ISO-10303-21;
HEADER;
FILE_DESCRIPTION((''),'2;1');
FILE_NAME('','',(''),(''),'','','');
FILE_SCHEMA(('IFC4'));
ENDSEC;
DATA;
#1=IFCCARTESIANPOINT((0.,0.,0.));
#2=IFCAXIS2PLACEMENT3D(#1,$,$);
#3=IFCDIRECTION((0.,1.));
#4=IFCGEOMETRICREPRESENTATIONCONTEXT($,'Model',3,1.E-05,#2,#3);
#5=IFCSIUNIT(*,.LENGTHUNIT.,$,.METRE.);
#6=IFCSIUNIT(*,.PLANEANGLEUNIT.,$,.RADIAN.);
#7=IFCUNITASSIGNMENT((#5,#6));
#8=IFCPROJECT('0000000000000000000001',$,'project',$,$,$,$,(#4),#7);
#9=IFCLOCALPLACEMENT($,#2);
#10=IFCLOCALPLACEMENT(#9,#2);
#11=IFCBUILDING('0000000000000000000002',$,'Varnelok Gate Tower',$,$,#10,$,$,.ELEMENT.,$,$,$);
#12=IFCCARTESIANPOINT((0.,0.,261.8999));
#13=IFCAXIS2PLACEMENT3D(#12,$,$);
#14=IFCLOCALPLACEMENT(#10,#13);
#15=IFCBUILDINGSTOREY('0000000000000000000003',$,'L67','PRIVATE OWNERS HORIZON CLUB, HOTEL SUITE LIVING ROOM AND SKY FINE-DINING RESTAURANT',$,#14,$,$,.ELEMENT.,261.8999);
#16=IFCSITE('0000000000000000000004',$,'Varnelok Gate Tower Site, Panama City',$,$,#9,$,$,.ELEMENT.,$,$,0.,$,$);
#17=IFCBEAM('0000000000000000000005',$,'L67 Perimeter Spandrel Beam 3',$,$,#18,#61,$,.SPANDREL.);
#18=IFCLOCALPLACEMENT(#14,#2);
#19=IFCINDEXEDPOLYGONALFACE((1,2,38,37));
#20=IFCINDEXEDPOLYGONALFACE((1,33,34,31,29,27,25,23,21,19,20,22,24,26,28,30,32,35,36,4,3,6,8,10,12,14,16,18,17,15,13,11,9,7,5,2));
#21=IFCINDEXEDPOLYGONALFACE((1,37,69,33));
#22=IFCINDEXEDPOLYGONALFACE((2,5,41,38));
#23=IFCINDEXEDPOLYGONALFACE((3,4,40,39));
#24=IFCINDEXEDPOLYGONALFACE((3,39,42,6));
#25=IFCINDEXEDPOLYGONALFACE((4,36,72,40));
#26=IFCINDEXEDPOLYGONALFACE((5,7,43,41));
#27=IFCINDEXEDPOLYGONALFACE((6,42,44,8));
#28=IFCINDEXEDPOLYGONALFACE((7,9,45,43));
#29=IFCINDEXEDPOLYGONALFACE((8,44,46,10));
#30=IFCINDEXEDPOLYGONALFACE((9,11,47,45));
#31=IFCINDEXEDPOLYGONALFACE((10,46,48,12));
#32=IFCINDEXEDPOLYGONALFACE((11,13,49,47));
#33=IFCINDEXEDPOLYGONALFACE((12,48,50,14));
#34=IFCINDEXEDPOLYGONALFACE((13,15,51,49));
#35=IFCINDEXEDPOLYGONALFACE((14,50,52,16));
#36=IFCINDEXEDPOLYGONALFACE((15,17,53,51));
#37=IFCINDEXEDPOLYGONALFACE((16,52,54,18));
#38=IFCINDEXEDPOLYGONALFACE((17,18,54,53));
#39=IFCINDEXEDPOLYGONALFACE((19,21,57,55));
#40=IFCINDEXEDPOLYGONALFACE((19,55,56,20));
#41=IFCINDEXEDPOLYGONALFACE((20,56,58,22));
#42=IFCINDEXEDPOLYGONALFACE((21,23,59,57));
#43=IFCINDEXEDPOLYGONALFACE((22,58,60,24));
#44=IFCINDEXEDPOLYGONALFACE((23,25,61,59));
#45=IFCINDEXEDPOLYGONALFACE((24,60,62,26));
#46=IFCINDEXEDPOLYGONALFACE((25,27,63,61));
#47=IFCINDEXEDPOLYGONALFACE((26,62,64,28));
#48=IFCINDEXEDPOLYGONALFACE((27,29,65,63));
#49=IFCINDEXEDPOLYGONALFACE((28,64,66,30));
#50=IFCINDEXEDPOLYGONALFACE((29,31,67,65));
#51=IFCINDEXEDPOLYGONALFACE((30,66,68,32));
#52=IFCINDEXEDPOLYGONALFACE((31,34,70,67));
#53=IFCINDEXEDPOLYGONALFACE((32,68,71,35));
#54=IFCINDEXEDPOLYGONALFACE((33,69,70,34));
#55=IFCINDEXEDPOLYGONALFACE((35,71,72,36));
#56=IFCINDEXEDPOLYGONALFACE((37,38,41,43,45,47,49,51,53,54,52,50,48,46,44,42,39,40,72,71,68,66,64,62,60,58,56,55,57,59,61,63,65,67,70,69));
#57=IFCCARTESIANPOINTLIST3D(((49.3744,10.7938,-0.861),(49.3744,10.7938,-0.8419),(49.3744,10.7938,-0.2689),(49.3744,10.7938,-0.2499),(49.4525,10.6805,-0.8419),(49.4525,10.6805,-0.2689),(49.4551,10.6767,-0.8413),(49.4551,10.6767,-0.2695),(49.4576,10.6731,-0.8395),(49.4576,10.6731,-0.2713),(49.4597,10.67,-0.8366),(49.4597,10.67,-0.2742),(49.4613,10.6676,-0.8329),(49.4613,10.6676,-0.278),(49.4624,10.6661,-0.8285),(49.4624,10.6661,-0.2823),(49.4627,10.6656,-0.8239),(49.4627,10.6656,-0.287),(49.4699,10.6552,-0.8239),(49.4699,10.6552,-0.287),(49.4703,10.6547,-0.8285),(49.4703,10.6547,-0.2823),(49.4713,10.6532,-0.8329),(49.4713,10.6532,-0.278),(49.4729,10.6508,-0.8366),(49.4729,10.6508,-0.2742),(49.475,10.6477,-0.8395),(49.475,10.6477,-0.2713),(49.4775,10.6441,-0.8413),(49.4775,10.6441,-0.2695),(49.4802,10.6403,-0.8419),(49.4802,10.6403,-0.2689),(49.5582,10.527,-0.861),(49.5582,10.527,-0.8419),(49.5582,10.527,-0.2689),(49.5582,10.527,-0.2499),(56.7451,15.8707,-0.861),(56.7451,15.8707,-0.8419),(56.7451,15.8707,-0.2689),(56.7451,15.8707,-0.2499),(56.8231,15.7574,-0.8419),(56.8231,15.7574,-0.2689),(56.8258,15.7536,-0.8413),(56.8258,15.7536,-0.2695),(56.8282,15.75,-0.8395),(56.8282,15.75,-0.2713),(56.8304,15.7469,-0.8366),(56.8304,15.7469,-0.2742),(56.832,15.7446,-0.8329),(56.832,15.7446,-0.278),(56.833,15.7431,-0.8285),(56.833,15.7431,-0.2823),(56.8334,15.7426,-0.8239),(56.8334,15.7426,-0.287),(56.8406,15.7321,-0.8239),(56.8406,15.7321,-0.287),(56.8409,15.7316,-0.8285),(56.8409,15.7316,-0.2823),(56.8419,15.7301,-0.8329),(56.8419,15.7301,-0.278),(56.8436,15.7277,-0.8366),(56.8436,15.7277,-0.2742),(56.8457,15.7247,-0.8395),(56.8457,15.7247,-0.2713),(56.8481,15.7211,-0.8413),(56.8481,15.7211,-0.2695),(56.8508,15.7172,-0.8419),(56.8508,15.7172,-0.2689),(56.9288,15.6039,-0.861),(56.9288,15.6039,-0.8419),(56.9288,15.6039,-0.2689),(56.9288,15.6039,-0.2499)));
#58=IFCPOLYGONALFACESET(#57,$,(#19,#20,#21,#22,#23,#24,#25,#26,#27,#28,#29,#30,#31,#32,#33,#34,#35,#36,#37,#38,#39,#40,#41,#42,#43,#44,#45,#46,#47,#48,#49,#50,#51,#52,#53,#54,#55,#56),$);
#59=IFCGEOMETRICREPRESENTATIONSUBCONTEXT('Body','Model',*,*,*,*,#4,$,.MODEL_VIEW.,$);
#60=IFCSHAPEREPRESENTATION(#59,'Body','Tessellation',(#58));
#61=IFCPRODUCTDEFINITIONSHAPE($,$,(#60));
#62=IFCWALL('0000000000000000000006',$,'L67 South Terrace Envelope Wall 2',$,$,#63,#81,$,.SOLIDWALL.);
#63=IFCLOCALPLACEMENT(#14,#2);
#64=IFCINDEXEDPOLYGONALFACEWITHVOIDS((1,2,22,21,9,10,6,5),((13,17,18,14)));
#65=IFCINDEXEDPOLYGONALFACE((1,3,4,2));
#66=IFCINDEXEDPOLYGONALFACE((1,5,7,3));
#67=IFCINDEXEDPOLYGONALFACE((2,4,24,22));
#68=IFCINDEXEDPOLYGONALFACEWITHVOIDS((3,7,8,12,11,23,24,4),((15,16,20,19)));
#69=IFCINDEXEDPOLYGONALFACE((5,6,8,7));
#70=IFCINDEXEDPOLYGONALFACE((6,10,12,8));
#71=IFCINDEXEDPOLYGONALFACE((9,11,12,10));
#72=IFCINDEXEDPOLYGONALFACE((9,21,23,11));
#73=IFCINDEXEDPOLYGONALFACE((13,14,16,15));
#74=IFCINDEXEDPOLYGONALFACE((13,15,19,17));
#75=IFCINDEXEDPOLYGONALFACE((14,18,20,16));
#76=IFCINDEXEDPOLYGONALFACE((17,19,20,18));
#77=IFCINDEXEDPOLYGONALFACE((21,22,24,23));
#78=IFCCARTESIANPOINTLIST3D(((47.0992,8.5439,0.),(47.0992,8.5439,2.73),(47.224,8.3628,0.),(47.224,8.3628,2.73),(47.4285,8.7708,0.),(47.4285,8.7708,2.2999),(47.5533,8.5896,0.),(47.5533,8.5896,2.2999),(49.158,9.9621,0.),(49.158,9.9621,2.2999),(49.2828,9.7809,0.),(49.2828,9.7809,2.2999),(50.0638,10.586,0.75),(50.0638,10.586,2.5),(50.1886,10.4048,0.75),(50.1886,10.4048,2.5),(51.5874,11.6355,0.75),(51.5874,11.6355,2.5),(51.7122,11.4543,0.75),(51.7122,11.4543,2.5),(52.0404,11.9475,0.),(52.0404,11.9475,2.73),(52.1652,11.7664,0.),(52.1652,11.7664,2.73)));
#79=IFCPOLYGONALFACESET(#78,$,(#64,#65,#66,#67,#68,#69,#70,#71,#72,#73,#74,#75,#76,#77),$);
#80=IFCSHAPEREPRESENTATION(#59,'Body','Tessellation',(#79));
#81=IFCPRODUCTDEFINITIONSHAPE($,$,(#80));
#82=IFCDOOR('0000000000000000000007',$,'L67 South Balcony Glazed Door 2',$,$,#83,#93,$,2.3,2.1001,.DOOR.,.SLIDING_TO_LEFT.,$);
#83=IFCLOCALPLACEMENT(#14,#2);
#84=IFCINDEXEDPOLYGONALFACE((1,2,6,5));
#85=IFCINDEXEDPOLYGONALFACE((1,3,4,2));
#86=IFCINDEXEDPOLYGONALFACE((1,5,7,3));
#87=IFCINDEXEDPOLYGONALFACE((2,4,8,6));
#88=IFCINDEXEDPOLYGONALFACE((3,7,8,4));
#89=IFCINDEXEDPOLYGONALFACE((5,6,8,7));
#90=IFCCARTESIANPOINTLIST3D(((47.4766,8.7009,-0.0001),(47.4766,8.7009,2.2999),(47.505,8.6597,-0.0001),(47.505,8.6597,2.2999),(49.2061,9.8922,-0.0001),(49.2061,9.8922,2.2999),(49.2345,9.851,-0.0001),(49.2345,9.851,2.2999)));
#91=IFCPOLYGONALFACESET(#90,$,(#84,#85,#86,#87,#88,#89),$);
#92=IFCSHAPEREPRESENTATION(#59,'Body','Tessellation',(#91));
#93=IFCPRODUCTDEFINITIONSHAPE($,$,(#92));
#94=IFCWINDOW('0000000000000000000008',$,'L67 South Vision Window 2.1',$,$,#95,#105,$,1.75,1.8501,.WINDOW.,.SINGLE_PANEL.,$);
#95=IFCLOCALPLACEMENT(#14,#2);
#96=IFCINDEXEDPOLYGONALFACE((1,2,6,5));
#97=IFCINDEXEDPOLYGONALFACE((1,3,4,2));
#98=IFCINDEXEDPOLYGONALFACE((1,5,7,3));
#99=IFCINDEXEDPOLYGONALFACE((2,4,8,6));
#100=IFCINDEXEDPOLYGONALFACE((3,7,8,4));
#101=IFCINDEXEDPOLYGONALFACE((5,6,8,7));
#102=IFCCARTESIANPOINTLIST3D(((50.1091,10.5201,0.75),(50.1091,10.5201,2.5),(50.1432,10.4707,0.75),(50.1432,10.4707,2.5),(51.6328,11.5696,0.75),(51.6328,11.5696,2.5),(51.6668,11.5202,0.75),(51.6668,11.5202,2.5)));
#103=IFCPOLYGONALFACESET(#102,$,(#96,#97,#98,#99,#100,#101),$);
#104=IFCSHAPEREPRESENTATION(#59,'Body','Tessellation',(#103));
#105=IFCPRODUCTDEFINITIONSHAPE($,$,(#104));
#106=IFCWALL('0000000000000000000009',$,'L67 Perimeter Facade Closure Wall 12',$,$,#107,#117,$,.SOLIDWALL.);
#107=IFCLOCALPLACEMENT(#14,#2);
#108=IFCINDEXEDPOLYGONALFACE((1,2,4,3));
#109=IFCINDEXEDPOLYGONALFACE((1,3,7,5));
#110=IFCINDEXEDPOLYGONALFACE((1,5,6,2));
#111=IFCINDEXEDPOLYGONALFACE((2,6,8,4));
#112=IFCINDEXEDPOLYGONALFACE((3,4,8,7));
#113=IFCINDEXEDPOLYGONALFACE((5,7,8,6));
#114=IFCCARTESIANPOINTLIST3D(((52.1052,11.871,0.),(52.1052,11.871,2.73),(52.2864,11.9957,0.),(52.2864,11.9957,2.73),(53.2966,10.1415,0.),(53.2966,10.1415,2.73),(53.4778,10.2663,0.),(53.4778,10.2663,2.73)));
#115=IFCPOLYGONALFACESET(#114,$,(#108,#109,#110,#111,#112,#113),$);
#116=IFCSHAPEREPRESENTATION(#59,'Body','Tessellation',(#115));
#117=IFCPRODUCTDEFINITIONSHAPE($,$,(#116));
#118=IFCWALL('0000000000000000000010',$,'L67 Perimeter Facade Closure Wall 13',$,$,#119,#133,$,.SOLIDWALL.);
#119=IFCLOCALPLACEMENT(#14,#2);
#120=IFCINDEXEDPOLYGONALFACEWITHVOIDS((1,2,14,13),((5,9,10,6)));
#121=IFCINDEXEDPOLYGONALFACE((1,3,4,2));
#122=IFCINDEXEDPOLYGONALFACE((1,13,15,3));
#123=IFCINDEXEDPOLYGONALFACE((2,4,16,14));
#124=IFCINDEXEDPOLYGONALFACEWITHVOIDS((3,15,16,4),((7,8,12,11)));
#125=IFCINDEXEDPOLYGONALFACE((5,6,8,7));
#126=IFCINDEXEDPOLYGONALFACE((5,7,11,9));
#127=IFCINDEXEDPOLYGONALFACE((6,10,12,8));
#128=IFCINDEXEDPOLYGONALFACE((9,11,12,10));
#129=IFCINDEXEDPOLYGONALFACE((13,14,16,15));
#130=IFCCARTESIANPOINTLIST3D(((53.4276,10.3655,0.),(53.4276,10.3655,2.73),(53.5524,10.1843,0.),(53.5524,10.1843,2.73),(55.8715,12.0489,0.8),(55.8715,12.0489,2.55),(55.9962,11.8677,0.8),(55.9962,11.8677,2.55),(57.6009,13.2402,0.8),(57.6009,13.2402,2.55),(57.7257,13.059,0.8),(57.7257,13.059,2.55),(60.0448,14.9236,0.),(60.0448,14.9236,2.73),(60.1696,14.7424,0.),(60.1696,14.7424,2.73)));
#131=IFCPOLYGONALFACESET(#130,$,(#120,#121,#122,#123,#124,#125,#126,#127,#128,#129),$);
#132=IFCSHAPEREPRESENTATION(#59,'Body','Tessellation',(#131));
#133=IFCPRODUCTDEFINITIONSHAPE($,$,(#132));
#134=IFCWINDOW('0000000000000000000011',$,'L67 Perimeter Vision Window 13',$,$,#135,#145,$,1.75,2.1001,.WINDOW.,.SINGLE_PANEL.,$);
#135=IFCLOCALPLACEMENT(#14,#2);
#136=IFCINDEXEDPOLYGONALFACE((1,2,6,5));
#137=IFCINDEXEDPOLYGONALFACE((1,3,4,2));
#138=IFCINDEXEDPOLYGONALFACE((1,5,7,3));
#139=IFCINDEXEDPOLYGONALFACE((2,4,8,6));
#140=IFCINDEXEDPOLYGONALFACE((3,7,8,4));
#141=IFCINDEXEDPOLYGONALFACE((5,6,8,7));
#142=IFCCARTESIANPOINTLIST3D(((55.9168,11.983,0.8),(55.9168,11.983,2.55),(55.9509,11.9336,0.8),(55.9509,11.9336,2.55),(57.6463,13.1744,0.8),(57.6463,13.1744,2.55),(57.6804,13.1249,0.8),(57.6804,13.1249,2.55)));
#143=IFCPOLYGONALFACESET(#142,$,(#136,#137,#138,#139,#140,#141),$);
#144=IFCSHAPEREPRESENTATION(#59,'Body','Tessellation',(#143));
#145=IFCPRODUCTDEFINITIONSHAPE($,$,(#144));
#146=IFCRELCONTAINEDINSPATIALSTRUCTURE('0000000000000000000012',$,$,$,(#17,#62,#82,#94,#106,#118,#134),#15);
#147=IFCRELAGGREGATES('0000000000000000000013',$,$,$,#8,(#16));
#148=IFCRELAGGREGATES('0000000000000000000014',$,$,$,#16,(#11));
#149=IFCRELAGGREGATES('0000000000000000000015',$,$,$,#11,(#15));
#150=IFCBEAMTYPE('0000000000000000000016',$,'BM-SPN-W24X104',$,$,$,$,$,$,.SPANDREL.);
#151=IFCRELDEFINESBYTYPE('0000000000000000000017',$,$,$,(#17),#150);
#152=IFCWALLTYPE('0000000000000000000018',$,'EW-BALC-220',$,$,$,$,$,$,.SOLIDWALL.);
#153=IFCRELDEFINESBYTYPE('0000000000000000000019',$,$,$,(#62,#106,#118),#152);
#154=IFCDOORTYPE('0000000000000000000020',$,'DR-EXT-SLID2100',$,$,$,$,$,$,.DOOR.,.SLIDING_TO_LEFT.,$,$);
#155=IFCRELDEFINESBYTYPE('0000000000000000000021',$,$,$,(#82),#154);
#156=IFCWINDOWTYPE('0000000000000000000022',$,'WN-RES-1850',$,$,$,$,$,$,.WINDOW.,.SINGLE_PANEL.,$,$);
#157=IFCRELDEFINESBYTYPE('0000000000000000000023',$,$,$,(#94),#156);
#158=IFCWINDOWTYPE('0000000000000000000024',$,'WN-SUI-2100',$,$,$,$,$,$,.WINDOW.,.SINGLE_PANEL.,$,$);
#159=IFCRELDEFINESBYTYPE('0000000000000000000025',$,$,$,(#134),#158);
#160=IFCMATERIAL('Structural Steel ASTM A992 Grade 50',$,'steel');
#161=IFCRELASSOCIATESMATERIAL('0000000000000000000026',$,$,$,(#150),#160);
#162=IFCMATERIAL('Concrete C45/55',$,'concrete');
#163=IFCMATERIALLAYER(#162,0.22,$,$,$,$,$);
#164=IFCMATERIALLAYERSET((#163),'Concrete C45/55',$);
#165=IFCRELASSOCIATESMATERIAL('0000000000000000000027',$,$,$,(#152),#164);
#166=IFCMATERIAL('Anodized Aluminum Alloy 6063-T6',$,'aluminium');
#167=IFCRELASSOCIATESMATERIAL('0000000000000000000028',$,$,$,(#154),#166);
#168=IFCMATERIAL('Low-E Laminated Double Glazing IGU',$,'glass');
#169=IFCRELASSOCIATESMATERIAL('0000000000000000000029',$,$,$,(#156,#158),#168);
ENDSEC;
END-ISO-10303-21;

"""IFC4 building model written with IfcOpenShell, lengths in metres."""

from ifc_helpers import new_model, si_unit, direction, frame, frame_2d, origin, origin_2d, place, context, subcontext, project, spatial, rectangle, i_section, extrude, material, layer, layer_set, material_profile, profile_set, type_object, element, fill, save


model = new_model("IFC4")

# Units and contexts
model_context = context("Model", 3, precision=1e-05, world=origin(), true_north=direction((0.0, 1.0)))
body_context = subcontext(model_context, "Body", "Model", "MODEL_VIEW")
ifc_project = project(units=[si_unit("LENGTHUNIT", "METRE"), si_unit("PLANEANGLEUNIT", "RADIAN")], contexts=[model_context])

# Site, building, storey
site_placement = place(None, origin())
site = spatial("IfcSite", under=ifc_project, at=site_placement, Name="Varnelok Gate Tower Site, Panama City", CompositionType="ELEMENT", RefElevation=0.0)
building_placement = place(site_placement, origin())
building = spatial("IfcBuilding", under=site, at=building_placement, Name="Varnelok Gate Tower", CompositionType="ELEMENT")
storey_placement = place(building_placement, frame((0.0, 0.0, 261.8999)))
storey = spatial("IfcBuildingStorey", under=building, at=storey_placement, Name="L67", Description="PRIVATE OWNERS HORIZON CLUB, HOTEL SUITE LIVING ROOM AND SKY FINE-DINING RESTAURANT", CompositionType="ELEMENT", Elevation=261.8999)

# Shared definitions
ifc_material_1 = material(Name="Structural Steel ASTM A992 Grade 50", Category="steel")

# Beam
ifc_material_profile_1 = material_profile(ifc_material_1, i_section(OverallWidth=0.324, OverallDepth=0.6111, WebThickness=0.0127, FlangeThickness=0.019, FilletRadius=0.0181, at=origin_2d()), Name="W24X104")
ifc_profile_set_1 = profile_set([ifc_material_profile_1], Name="Structural Steel ASTM A992 Grade 50")
beam_type_1 = type_object("IfcBeamType", Name="BM-SPN-W24X104", PredefinedType="SPANDREL", material=ifc_profile_set_1)
beam_1_placement = place(storey_placement, frame((49.4663, 10.6604, -0.5554), z_axis=(0.82354, 0.567258, 0.0), x_axis=(-0.567258, 0.82354, 0.0)))
element("IfcBeam", 1, at=beam_1_placement, inside=storey, type_object=beam_type_1, Name="L67 Perimeter Spandrel Beam 3", PredefinedType="SPANDREL", context=body_context, shape_type="SweptSolid", body=[
    extrude(i_section(OverallWidth=0.324, OverallDepth=0.6111, WebThickness=0.0127, FlangeThickness=0.019, FilletRadius=0.0181, at=origin_2d()), origin(), (0.0, 0.0, 1.0), 8.95),
])

# Wall, openings, door, window
ifc_material_2 = material(Name="Concrete C45/55", Category="concrete")
ifc_layer_1 = layer(ifc_material_2, 0.22)
ifc_layer_set_1 = layer_set([ifc_layer_1], Name="Concrete C45/55")
wall_type_1 = type_object("IfcWallType", Name="EW-BALC-220", PredefinedType="SOLIDWALL", material=ifc_layer_set_1)
wall_1_placement = place(storey_placement, frame((52.1028, 11.8569, 0.0), z_axis=(0.0, 0.0, 1.0), x_axis=(-0.823535, -0.567266, 0.0)))
wall_1 = element("IfcWall", 2, at=wall_1_placement, inside=storey, type_object=wall_type_1, Name="L67 South Terrace Envelope Wall 2", PredefinedType="SOLIDWALL", context=body_context, shape_type="SweptSolid", body=[
    extrude(rectangle(XDim=6.0, YDim=0.22, at=frame_2d((3.0, 0.0))), origin(), (0.0, 0.0, 1.0), 2.73),
])
opening_1_placement = place(wall_1_placement, frame((3.5, 0.0, 0.0)))
opening_1 = element("IfcOpeningElement", 3, at=opening_1_placement, cuts=wall_1, PredefinedType="OPENING", context=body_context, shape_type="SweptSolid", body=[
    extrude(rectangle(XDim=2.1001, YDim=2.3, at=frame_2d((1.05, 1.1499))), frame((0.0, 0.1199, 0.0), z_axis=(0.0, -1.0, 0.0), x_axis=(1.0, 0.0, 0.0)), (0.0, 0.0, 1.0), 0.24),
])
opening_2_placement = place(wall_1_placement, frame((0.55, 0.0, 0.75)))
opening_2 = element("IfcOpeningElement", 4, at=opening_2_placement, cuts=wall_1, PredefinedType="OPENING", context=body_context, shape_type="SweptSolid", body=[
    extrude(rectangle(XDim=1.8501, YDim=1.75, at=frame_2d((0.925, 0.875))), frame((0.0, 0.1199, 0.0), z_axis=(0.0, -1.0, 0.0), x_axis=(1.0, 0.0, 0.0)), (0.0, 0.0, 1.0), 0.24),
])
ifc_material_3 = material(Name="Anodized Aluminum Alloy 6063-T6", Category="aluminium")
door_type_1 = type_object("IfcDoorType", Name="DR-EXT-SLID2100", OperationType="SLIDING_TO_LEFT", PredefinedType="DOOR", material=ifc_material_3)
door_1_placement = place(opening_1_placement, origin())
door_1 = element("IfcDoor", 5, at=door_1_placement, inside=storey, type_object=door_type_1, Name="L67 South Balcony Glazed Door 2", OperationType="SLIDING_TO_LEFT", OverallHeight=2.3, OverallWidth=2.1001, PredefinedType="DOOR", context=body_context, shape_type="SweptSolid", body=[
    extrude(rectangle(XDim=2.1001, YDim=2.3, at=frame_2d((1.05, 1.1499))), frame((0.0, 0.0249, 0.0), z_axis=(0.0, -1.0, 0.0), x_axis=(1.0, 0.0, 0.0)), (0.0, 0.0, 1.0), 0.05),
])
fill(opening_1, door_1)
ifc_material_4 = material(Name="Low-E Laminated Double Glazing IGU", Category="glass")
window_type_1 = type_object("IfcWindowType", Name="WN-RES-1850", PartitioningType="SINGLE_PANEL", PredefinedType="WINDOW", material=ifc_material_4)
window_1_placement = place(opening_2_placement, origin())
window_1 = element("IfcWindow", 6, at=window_1_placement, inside=storey, type_object=window_type_1, Name="L67 South Vision Window 2.1", OverallHeight=1.75, OverallWidth=1.8501, PartitioningType="SINGLE_PANEL", PredefinedType="WINDOW", context=body_context, shape_type="SweptSolid", body=[
    extrude(rectangle(XDim=1.8501, YDim=1.75, at=frame_2d((0.925, 0.875))), frame((0.0, 0.03, 0.0), z_axis=(0.0, -1.0, 0.0), x_axis=(1.0, 0.0, 0.0)), (0.0, 0.0, 1.0), 0.0601),
])
fill(opening_2, window_1)

# Wall
wall_2_placement = place(storey_placement, frame((52.1958, 11.9333, 0.0), z_axis=(0.0, 0.0, 1.0), x_axis=(0.567298, -0.823512, 0.0)))
element("IfcWall", 7, at=wall_2_placement, inside=storey, type_object=wall_type_1, Name="L67 Perimeter Facade Closure Wall 12", PredefinedType="SOLIDWALL", context=body_context, shape_type="SweptSolid", body=[
    extrude(rectangle(XDim=2.1001, YDim=0.22, at=frame_2d((1.05, 0.0))), origin(), (0.0, 0.0, 1.0), 2.73),
])

# Wall, opening, window
wall_3_placement = place(storey_placement, frame((53.49, 10.2749, 0.0), z_axis=(0.0, 0.0, 1.0), x_axis=(0.823531, 0.567271, 0.0)))
wall_3 = element("IfcWall", 8, at=wall_3_placement, inside=storey, type_object=wall_type_1, Name="L67 Perimeter Facade Closure Wall 13", PredefinedType="SOLIDWALL", context=body_context, shape_type="SweptSolid", body=[
    extrude(rectangle(XDim=8.0352, YDim=0.22, at=frame_2d((4.0176, 0.0))), origin(), (0.0, 0.0, 1.0), 2.73),
])
opening_3_placement = place(wall_3_placement, frame((2.9675, 0.0, 0.8)))
opening_3 = element("IfcOpeningElement", 9, at=opening_3_placement, cuts=wall_3, PredefinedType="OPENING", context=body_context, shape_type="SweptSolid", body=[
    extrude(rectangle(XDim=2.1001, YDim=1.75, at=frame_2d((1.05, 0.875))), frame((0.0, 0.1199, 0.0), z_axis=(0.0, -1.0, 0.0), x_axis=(1.0, 0.0, 0.0)), (0.0, 0.0, 1.0), 0.24),
])
window_type_2 = type_object("IfcWindowType", Name="WN-SUI-2100", PartitioningType="SINGLE_PANEL", PredefinedType="WINDOW", material=ifc_material_4)
window_2_placement = place(opening_3_placement, origin())
window_2 = element("IfcWindow", 10, at=window_2_placement, inside=storey, type_object=window_type_2, Name="L67 Perimeter Vision Window 13", OverallHeight=1.75, OverallWidth=2.1001, PartitioningType="SINGLE_PANEL", PredefinedType="WINDOW", context=body_context, shape_type="SweptSolid", body=[
    extrude(rectangle(XDim=2.1001, YDim=1.75, at=frame_2d((1.05, 0.875))), frame((0.0, 0.03, 0.0), z_axis=(0.0, -1.0, 0.0), x_axis=(1.0, 0.0, 0.0)), (0.0, 0.0, 1.0), 0.0601),
])
fill(opening_3, window_2)

save(model, "model.ifc")
